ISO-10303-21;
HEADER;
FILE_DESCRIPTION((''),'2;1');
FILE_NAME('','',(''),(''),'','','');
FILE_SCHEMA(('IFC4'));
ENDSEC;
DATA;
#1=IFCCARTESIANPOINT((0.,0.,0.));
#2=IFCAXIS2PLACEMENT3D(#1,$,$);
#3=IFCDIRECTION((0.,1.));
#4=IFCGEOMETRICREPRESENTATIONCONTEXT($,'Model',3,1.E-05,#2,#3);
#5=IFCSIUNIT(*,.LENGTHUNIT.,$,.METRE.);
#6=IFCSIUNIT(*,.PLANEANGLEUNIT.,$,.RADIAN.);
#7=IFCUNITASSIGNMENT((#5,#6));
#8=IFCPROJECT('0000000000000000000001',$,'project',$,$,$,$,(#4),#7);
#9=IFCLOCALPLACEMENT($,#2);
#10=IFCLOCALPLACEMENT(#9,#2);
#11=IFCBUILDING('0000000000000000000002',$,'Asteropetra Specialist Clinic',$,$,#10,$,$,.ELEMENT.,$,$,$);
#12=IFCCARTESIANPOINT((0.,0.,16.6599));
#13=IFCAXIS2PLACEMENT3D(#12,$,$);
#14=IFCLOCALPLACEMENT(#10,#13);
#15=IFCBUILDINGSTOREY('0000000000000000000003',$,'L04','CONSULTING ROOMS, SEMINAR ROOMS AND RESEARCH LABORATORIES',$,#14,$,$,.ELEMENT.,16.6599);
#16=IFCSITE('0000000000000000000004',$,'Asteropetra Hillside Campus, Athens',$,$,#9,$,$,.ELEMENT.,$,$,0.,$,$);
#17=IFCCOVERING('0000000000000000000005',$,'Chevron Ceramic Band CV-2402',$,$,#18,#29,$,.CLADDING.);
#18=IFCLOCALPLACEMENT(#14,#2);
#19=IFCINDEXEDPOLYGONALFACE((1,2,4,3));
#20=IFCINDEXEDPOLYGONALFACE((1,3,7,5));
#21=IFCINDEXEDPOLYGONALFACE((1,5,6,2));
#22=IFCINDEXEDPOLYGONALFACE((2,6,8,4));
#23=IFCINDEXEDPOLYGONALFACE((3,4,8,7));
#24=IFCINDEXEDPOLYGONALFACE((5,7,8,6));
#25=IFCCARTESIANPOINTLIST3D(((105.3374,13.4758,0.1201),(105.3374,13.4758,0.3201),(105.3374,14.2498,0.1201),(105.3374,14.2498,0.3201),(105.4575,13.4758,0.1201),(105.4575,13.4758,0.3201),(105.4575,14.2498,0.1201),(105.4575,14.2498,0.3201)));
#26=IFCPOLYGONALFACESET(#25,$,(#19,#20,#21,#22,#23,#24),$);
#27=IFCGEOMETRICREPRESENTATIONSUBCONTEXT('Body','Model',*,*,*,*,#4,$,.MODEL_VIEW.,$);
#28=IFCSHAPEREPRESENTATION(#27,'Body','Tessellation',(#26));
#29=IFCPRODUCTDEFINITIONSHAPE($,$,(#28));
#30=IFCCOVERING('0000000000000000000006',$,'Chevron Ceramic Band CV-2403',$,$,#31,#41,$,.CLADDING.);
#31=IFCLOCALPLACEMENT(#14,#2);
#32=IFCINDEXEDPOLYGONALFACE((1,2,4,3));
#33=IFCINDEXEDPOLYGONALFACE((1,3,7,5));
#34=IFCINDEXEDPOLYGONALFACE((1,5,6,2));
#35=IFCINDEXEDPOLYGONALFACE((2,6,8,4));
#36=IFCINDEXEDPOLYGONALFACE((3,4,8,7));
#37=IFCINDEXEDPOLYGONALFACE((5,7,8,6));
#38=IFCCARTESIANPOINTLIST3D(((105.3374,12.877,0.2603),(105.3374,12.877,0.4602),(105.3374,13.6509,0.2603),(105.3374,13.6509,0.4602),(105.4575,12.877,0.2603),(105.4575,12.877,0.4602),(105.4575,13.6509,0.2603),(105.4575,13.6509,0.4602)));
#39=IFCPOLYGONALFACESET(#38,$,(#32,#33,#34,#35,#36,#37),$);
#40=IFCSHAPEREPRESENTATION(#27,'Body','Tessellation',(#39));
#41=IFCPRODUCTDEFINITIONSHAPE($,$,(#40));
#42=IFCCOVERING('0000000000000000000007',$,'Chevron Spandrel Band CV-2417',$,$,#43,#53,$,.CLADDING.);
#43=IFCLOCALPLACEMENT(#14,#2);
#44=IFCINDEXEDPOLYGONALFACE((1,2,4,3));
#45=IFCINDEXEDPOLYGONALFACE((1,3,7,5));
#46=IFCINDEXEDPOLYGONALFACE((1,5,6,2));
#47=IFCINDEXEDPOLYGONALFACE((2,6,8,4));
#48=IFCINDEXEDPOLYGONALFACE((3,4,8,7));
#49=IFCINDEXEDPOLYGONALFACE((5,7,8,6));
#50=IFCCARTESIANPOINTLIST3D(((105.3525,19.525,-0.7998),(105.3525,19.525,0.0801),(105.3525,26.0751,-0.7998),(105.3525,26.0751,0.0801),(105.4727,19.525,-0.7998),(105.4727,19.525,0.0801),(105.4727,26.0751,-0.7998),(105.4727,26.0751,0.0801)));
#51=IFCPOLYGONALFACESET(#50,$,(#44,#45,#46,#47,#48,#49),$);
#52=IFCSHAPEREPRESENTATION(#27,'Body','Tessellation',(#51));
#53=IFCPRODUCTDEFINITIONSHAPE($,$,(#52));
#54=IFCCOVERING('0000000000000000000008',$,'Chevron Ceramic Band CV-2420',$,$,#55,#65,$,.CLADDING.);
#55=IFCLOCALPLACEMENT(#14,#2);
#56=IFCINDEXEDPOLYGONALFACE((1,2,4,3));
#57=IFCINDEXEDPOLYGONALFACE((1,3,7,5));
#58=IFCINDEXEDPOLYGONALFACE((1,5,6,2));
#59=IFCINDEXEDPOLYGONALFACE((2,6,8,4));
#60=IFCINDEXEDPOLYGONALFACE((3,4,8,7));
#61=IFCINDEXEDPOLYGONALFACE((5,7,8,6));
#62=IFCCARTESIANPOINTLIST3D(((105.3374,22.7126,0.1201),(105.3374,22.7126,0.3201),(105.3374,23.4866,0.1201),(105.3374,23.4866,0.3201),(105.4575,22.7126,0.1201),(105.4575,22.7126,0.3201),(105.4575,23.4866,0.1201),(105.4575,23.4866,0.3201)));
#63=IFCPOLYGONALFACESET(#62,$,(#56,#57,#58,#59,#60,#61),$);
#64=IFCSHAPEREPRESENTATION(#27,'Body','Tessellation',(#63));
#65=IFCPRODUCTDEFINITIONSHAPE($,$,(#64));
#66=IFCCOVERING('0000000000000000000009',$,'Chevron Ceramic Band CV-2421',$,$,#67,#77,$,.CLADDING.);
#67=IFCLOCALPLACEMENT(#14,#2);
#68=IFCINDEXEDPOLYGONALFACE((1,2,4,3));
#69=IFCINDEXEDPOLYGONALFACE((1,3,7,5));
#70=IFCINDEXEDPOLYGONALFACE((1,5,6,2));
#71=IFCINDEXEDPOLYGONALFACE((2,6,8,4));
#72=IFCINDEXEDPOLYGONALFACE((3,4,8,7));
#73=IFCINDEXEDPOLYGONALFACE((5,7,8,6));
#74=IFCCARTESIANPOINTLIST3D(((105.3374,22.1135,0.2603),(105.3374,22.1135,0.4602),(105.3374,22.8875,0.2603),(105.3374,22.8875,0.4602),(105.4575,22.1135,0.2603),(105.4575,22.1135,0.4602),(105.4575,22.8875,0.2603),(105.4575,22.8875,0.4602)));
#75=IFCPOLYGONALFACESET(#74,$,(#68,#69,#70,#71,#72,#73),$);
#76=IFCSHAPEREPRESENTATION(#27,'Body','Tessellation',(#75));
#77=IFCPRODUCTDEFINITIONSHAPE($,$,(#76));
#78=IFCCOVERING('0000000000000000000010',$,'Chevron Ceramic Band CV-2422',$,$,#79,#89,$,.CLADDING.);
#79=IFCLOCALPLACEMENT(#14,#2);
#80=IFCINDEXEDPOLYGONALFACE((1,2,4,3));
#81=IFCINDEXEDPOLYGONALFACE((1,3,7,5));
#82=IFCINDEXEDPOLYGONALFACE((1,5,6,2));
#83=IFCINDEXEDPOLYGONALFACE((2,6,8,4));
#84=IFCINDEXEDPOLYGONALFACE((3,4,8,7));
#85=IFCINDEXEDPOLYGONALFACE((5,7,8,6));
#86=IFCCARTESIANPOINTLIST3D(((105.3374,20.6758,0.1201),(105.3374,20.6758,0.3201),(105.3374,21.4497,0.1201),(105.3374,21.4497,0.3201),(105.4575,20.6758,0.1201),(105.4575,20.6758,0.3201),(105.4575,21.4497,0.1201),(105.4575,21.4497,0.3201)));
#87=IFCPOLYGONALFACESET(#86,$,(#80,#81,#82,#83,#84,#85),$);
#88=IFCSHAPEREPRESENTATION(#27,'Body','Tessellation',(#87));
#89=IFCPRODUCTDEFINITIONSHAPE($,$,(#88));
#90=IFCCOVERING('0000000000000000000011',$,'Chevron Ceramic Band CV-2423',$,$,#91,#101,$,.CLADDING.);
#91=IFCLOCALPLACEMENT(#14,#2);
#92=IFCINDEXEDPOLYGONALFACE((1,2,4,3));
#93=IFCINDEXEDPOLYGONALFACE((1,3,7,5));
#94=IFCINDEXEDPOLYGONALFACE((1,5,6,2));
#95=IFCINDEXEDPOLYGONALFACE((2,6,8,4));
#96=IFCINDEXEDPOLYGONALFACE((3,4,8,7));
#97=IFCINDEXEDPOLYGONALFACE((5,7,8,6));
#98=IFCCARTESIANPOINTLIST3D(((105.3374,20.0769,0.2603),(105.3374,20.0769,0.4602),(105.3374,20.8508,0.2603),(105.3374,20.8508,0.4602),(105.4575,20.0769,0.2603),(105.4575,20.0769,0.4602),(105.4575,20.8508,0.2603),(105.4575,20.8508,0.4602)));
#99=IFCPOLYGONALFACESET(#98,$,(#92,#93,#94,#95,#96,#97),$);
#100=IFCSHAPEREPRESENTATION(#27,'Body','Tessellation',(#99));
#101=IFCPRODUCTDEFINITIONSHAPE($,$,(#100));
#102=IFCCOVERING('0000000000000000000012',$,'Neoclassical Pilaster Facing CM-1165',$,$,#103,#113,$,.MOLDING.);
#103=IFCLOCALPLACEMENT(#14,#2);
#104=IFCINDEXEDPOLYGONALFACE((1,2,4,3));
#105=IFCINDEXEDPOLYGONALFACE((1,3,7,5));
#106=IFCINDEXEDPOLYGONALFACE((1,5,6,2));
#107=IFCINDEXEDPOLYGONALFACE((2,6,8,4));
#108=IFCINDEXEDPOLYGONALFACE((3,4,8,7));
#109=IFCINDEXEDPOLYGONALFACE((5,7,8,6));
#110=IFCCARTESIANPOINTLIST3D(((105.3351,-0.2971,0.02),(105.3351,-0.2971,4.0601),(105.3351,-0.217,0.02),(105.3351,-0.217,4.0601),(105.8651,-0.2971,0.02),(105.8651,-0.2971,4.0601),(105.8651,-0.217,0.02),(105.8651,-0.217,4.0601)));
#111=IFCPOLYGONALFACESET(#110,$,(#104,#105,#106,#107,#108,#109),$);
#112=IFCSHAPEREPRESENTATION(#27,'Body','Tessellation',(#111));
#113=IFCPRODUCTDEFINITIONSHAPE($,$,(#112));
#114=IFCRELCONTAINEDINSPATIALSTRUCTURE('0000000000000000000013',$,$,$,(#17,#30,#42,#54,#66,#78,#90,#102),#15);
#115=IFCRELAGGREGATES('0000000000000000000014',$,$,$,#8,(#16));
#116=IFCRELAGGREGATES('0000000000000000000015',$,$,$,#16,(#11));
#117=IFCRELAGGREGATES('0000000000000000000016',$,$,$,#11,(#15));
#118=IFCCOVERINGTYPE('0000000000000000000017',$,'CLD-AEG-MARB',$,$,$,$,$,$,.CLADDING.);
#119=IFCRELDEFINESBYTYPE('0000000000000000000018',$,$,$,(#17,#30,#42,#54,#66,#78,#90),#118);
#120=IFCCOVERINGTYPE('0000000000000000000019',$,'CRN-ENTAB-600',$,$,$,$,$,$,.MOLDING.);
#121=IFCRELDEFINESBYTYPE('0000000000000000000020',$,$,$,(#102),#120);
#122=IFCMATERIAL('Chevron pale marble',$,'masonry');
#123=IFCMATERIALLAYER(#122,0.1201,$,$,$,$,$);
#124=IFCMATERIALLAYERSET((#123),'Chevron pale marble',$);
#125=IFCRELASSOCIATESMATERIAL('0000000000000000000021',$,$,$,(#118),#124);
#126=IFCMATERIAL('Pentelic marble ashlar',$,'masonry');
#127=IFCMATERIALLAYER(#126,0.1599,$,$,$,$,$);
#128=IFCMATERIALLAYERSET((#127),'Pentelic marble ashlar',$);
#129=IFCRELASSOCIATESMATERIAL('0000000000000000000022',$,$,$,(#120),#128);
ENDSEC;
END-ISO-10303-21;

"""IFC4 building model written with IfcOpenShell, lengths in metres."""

from ifc_helpers import new_model, si_unit, direction, frame, origin, origin_2d, place, context, subcontext, project, spatial, rectangle, extrude, material, layer, layer_set, type_object, element, save


model = new_model("IFC4")

# Units and contexts
model_context = context("Model", 3, precision=1e-05, world=origin(), true_north=direction((0.0, 1.0)))
body_context = subcontext(model_context, "Body", "Model", "MODEL_VIEW")
ifc_project = project(units=[si_unit("LENGTHUNIT", "METRE"), si_unit("PLANEANGLEUNIT", "RADIAN")], contexts=[model_context])

# Site, building, storey
site_placement = place(None, origin())
site = spatial("IfcSite", under=ifc_project, at=site_placement, Name="Asteropetra Hillside Campus, Athens", CompositionType="ELEMENT", RefElevation=0.0)
building_placement = place(site_placement, origin())
building = spatial("IfcBuilding", under=site, at=building_placement, Name="Asteropetra Specialist Clinic", CompositionType="ELEMENT")
storey_placement = place(building_placement, frame((0.0, 0.0, 16.6599)))
storey = spatial("IfcBuildingStorey", under=building, at=storey_placement, Name="L04", Description="CONSULTING ROOMS, SEMINAR ROOMS AND RESEARCH LABORATORIES", CompositionType="ELEMENT", Elevation=16.6599)

# Coverings
ifc_material_1 = material(Name="Chevron pale marble", Category="masonry")
ifc_layer_1 = layer(ifc_material_1, 0.1201)
ifc_layer_set_1 = layer_set([ifc_layer_1], Name="Chevron pale marble")
covering_type_1 = type_object("IfcCoveringType", Name="CLD-AEG-MARB", PredefinedType="CLADDING", material=ifc_layer_set_1)
for number, where, z_axis, x_axis, name in (
    (1, (105.3975, 13.8628, 0.1201), (0.0, 0.0, 1.0), (1.0, 0.0, 0.0), "Chevron Ceramic Band CV-2402"),
    (2, (105.3975, 13.2639, 0.2603), (0.0, 0.0, 1.0), (1.0, 0.0, 0.0), "Chevron Ceramic Band CV-2403"),
):
    element("IfcCovering", number, at=place(storey_placement, frame(where, z_axis=z_axis, x_axis=x_axis)), inside=storey, type_object=covering_type_1, Name=name, PredefinedType="CLADDING", context=body_context, shape_type="SweptSolid", body=[
        extrude(rectangle(XDim=0.1201, YDim=0.7739, at=origin_2d()), origin(), (0.0, 0.0, 1.0), 0.2),
    ])
covering_1_placement = place(storey_placement, frame((105.4126, 22.8, -0.7998), z_axis=(0.0, 0.0, 1.0), x_axis=(1.0, 0.0, 0.0)))
element("IfcCovering", 3, at=covering_1_placement, inside=storey, type_object=covering_type_1, Name="Chevron Spandrel Band CV-2417", PredefinedType="CLADDING", context=body_context, shape_type="SweptSolid", body=[
    extrude(rectangle(XDim=0.1201, YDim=6.55, at=origin_2d()), origin(), (0.0, 0.0, 1.0), 0.8799),
])
for number, where, z_axis, x_axis, name in (
    (4, (105.3975, 23.0996, 0.1201), (0.0, 0.0, 1.0), (1.0, 0.0, 0.0), "Chevron Ceramic Band CV-2420"),
    (5, (105.3975, 22.5005, 0.2603), (0.0, 0.0, 1.0), (1.0, 0.0, 0.0), "Chevron Ceramic Band CV-2421"),
    (6, (105.3975, 21.0627, 0.1201), (0.0, 0.0, 1.0), (1.0, 0.0, 0.0), "Chevron Ceramic Band CV-2422"),
    (7, (105.3975, 20.4639, 0.2603), (0.0, 0.0, 1.0), (1.0, 0.0, 0.0), "Chevron Ceramic Band CV-2423"),
):
    element("IfcCovering", number, at=place(storey_placement, frame(where, z_axis=z_axis, x_axis=x_axis)), inside=storey, type_object=covering_type_1, Name=name, PredefinedType="CLADDING", context=body_context, shape_type="SweptSolid", body=[
        extrude(rectangle(XDim=0.1201, YDim=0.7739, at=origin_2d()), origin(), (0.0, 0.0, 1.0), 0.2),
    ])
ifc_material_2 = material(Name="Pentelic marble ashlar", Category="masonry")
ifc_layer_2 = layer(ifc_material_2, 0.1599)
ifc_layer_set_2 = layer_set([ifc_layer_2], Name="Pentelic marble ashlar")
covering_type_2 = type_object("IfcCoveringType", Name="CRN-ENTAB-600", PredefinedType="MOLDING", material=ifc_layer_set_2)
covering_2_placement = place(storey_placement, frame((105.6001, -0.2571, 0.02), z_axis=(0.0, 0.0, 1.0), x_axis=(1.0, 0.0, 0.0)))
element("IfcCovering", 8, at=covering_2_placement, inside=storey, type_object=covering_type_2, Name="Neoclassical Pilaster Facing CM-1165", PredefinedType="MOLDING", context=body_context, shape_type="SweptSolid", body=[
    extrude(rectangle(XDim=0.53, YDim=0.0801, at=origin_2d()), origin(), (0.0, 0.0, 1.0), 4.04),
])

save(model, "model.ifc")
